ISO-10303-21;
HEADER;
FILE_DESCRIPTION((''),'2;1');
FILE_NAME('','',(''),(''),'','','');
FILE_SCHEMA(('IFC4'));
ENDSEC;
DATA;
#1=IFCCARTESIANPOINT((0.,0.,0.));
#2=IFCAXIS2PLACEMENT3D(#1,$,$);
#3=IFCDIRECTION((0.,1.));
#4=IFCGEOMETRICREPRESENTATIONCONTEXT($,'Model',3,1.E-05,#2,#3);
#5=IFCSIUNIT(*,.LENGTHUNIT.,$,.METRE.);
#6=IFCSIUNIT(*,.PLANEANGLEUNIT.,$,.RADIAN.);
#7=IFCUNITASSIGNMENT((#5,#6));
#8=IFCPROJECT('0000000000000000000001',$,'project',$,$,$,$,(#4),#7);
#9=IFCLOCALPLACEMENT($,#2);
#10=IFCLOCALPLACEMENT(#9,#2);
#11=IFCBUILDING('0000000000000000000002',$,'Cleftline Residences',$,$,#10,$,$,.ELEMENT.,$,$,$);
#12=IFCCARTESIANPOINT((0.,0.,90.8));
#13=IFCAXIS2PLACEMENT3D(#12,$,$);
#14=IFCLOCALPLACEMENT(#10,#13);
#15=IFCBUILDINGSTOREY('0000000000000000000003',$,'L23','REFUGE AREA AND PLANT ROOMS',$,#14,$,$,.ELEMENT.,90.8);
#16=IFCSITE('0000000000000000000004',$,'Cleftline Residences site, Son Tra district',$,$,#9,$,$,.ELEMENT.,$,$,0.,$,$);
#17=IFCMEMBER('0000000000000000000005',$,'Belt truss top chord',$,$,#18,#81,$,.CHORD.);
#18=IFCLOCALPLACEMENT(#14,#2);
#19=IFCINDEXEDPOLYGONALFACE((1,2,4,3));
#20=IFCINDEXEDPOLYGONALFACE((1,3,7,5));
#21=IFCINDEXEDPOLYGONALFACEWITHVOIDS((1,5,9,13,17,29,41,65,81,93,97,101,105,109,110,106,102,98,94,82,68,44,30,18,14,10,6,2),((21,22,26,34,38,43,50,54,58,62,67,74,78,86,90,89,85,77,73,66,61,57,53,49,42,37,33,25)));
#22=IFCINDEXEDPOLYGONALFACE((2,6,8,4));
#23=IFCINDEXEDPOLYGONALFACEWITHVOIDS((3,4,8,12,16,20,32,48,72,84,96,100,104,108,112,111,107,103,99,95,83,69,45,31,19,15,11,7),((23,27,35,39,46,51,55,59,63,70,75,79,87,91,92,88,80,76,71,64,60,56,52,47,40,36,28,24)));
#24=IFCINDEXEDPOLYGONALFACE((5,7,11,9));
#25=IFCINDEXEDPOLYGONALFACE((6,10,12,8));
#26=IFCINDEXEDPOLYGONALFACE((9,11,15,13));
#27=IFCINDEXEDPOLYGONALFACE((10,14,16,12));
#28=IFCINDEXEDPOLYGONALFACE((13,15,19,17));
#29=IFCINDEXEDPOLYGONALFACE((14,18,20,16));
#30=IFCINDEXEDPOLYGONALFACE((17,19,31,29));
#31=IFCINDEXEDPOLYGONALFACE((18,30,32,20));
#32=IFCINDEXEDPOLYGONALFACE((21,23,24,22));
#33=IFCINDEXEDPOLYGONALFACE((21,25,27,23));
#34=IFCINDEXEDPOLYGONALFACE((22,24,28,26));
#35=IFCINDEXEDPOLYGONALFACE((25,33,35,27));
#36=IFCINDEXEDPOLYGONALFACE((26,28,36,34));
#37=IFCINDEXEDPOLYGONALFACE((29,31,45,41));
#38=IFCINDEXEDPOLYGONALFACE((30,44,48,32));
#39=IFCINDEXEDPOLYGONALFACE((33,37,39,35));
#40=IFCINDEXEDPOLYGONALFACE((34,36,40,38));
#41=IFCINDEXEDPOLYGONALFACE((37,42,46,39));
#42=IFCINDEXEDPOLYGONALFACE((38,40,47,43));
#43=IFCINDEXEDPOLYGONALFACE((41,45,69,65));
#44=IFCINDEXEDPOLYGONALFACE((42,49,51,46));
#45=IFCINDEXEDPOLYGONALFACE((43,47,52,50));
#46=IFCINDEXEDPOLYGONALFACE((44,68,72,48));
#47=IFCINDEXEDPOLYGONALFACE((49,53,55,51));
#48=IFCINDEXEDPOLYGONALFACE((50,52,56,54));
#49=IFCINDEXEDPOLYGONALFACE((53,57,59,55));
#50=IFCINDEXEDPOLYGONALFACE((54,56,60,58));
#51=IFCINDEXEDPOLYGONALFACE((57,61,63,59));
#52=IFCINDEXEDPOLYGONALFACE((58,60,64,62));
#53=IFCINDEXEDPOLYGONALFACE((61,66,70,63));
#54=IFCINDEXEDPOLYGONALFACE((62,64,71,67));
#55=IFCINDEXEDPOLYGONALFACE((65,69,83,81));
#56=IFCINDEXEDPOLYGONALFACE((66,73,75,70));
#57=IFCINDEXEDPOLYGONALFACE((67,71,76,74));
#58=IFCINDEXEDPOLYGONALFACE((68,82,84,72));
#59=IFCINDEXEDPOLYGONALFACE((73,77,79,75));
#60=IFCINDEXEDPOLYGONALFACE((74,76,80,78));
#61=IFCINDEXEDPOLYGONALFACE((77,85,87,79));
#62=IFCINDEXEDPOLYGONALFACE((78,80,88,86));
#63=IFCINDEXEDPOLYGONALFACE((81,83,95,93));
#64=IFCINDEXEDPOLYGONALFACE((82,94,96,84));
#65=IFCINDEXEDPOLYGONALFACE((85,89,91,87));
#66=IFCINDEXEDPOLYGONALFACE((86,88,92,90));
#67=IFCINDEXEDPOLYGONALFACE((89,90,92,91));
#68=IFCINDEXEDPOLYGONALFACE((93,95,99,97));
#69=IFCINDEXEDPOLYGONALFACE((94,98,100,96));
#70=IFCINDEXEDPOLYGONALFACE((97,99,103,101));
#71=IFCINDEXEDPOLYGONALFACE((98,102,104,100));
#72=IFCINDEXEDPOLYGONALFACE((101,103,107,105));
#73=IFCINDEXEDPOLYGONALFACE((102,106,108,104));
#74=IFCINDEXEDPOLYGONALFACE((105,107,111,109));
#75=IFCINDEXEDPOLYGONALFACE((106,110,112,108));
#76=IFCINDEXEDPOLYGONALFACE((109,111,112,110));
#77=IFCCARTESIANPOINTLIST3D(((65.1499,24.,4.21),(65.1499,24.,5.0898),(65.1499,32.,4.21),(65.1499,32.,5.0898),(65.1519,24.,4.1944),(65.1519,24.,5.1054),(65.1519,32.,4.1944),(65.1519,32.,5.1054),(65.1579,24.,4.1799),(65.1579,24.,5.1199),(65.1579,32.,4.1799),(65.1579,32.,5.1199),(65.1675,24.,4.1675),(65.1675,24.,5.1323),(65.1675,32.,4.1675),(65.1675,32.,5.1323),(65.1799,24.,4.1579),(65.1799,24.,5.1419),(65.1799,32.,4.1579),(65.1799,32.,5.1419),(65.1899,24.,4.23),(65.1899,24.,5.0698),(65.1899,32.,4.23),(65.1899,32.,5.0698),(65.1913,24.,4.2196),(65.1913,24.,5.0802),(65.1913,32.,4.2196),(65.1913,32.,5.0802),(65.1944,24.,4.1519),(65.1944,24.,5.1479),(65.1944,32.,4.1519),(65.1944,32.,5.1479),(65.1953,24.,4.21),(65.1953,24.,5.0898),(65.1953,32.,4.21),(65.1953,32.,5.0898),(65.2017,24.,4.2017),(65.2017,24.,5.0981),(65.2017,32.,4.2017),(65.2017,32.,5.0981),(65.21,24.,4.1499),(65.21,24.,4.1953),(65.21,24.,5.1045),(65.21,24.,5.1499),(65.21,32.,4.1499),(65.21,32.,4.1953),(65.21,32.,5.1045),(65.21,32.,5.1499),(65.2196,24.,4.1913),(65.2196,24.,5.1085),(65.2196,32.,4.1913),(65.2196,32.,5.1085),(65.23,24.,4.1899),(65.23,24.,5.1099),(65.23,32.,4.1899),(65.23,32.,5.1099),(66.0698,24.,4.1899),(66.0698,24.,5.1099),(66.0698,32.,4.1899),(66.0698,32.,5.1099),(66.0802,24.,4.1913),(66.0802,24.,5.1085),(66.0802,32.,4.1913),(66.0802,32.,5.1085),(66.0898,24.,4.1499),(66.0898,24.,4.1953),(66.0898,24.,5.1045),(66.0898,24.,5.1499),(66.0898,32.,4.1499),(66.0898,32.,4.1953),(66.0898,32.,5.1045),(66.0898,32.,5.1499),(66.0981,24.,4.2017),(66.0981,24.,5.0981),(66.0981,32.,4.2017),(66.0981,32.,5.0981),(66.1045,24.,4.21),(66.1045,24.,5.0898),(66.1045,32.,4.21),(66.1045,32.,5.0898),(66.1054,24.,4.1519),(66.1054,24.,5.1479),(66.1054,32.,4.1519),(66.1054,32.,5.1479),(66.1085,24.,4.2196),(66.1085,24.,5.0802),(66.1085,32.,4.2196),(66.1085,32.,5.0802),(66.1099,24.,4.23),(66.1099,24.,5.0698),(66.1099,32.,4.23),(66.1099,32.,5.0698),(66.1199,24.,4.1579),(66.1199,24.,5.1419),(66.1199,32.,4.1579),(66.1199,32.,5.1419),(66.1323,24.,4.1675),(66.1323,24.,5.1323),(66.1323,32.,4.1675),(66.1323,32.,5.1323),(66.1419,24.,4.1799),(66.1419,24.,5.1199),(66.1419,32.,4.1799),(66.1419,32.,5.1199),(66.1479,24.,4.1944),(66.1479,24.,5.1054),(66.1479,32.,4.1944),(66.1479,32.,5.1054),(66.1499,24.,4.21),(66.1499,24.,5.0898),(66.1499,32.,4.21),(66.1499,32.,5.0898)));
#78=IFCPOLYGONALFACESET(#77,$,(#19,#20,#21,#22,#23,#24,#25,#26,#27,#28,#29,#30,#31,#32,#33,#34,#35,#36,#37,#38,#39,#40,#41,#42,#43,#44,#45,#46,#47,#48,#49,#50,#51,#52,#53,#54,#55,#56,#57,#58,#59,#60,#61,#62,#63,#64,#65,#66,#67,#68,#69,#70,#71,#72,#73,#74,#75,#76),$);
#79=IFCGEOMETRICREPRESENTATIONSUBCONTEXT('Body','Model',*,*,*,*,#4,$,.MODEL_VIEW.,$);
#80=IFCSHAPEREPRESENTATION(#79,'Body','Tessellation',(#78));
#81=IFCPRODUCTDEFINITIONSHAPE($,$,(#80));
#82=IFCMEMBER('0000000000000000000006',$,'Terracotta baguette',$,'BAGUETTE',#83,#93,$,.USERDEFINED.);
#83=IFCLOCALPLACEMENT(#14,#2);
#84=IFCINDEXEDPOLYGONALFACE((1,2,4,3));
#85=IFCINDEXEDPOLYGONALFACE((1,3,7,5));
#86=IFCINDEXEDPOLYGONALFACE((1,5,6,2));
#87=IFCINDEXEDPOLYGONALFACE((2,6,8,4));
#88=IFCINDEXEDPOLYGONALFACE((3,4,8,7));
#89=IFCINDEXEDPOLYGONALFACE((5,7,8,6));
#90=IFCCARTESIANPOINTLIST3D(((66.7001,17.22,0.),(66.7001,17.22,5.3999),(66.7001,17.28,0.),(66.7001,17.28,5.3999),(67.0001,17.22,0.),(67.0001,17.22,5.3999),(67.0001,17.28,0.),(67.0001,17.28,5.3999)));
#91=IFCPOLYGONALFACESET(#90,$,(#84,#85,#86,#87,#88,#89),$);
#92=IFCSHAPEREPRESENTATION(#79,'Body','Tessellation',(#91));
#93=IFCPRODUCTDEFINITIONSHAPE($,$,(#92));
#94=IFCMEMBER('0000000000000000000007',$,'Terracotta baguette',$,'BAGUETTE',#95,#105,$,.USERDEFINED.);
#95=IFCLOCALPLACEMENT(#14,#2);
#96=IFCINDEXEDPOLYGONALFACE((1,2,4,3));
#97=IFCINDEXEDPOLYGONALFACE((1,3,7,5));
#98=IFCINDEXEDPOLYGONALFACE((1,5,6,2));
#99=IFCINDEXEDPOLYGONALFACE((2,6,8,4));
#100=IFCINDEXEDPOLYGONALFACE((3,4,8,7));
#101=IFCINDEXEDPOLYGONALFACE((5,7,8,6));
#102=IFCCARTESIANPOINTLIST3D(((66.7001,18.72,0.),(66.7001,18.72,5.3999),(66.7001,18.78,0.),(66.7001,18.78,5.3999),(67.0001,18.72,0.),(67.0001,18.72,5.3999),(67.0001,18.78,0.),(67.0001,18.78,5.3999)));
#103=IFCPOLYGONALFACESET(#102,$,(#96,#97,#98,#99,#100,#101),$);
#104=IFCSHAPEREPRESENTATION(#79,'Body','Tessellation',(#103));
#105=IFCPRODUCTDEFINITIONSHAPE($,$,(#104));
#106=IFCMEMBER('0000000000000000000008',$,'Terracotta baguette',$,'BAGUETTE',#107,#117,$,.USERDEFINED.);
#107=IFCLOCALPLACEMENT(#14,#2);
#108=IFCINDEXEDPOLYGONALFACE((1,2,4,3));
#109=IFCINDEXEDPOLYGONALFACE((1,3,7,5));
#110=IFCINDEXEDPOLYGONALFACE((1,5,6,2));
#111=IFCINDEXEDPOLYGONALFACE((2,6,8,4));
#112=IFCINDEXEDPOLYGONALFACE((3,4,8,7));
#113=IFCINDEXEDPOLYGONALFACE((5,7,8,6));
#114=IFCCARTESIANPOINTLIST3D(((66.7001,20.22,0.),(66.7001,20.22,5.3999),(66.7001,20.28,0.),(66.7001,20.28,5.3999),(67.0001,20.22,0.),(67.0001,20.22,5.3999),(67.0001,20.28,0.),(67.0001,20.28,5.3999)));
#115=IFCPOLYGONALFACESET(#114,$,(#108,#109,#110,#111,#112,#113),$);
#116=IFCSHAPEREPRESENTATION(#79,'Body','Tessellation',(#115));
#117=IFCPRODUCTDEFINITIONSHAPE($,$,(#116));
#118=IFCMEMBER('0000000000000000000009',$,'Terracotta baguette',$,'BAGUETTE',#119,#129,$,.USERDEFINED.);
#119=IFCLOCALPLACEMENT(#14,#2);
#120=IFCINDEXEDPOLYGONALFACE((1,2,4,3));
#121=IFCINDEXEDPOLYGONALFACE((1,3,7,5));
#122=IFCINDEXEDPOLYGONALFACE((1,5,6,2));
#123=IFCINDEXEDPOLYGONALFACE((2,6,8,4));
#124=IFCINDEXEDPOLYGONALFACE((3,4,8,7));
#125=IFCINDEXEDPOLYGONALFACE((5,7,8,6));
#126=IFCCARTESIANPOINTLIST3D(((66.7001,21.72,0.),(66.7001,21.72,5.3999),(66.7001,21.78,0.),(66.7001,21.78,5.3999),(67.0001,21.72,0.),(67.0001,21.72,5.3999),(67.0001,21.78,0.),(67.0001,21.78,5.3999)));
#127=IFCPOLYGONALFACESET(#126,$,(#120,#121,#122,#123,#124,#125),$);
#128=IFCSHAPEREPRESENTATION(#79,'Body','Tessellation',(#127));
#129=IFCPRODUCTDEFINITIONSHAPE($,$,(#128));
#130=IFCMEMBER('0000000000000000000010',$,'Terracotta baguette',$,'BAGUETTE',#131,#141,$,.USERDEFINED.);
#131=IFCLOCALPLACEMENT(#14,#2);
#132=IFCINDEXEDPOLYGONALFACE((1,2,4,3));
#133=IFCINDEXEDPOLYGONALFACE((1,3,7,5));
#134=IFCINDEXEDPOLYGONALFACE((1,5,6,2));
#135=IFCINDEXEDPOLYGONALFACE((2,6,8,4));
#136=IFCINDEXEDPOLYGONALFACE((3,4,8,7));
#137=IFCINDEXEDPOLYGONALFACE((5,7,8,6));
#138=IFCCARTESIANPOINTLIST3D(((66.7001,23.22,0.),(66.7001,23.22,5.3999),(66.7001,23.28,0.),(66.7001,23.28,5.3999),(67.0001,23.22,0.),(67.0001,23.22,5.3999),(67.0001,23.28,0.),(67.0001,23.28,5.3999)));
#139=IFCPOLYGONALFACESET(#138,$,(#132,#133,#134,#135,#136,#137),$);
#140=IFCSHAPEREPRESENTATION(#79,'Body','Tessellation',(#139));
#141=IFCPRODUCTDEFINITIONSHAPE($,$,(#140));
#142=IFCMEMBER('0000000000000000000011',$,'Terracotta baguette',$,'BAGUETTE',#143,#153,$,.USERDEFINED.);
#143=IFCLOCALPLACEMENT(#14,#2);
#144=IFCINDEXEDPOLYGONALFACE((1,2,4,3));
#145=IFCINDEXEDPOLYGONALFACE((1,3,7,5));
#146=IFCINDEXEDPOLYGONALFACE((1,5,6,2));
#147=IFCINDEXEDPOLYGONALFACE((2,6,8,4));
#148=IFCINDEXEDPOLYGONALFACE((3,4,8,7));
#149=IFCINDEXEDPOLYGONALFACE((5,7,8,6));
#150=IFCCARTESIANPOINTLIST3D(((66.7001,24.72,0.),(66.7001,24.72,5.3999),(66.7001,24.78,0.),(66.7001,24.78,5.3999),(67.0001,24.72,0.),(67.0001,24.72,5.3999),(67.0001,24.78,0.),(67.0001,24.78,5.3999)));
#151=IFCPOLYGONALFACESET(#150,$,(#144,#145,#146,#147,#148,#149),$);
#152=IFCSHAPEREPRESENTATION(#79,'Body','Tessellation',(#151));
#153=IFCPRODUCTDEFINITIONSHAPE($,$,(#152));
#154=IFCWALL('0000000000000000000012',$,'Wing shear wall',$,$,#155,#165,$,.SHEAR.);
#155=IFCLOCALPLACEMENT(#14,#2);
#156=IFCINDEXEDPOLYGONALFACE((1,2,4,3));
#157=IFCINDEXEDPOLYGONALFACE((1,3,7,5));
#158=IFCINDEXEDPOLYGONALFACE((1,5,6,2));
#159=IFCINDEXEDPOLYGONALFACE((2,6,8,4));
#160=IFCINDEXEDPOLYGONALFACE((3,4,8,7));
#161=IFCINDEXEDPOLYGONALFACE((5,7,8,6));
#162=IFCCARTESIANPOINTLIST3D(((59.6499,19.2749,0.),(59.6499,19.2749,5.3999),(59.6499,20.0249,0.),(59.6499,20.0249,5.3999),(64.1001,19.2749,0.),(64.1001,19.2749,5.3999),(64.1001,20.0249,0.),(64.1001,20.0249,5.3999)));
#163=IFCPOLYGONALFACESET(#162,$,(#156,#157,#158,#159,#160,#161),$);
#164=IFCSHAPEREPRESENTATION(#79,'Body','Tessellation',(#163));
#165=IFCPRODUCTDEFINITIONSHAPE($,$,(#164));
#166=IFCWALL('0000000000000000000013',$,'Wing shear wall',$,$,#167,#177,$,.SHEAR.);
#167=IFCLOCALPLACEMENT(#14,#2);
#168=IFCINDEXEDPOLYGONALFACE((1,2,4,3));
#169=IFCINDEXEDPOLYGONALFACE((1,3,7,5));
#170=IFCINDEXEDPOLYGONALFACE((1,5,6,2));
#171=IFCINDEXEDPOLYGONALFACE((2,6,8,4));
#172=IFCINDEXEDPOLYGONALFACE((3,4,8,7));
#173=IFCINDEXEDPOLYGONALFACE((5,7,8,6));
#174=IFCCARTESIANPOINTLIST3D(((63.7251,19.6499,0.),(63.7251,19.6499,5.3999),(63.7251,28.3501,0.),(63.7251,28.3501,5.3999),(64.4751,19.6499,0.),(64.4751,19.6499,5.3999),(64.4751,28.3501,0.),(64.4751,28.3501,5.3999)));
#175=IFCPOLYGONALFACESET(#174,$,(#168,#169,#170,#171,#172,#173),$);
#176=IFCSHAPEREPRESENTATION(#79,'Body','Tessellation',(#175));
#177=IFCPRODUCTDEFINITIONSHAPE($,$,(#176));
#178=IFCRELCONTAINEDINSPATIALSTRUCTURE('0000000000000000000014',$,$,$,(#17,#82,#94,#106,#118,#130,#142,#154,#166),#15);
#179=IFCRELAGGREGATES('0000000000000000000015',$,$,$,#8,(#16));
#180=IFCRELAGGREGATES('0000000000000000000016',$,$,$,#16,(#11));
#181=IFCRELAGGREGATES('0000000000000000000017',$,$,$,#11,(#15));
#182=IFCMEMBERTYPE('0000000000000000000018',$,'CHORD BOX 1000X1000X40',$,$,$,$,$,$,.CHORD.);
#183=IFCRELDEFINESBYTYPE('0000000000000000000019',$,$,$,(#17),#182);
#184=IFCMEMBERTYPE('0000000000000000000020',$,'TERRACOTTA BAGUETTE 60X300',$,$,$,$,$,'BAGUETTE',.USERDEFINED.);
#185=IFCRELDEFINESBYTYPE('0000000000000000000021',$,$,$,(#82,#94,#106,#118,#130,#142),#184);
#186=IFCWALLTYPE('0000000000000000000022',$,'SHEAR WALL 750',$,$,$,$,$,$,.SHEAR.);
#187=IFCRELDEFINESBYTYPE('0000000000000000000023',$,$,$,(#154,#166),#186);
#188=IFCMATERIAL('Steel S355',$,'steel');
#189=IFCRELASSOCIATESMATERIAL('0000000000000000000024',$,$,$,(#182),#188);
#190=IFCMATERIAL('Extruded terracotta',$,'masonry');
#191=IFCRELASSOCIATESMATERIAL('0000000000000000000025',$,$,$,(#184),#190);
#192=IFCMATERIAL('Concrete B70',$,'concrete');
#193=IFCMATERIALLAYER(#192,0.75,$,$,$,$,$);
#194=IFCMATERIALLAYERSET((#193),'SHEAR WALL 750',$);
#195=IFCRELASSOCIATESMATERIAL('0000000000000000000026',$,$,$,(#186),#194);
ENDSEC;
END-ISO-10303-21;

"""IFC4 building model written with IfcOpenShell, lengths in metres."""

from ifc_helpers import new_model, si_unit, direction, frame, frame_2d, origin, origin_2d, place, context, subcontext, project, spatial, rectangle, hollow_rectangle, extrude, material, layer, layer_set, material_profile, profile_set, type_object, element, save


model = new_model("IFC4")

# Units and contexts
model_context = context("Model", 3, precision=1e-05, world=origin(), true_north=direction((0.0, 1.0)))
body_context = subcontext(model_context, "Body", "Model", "MODEL_VIEW")
ifc_project = project(units=[si_unit("LENGTHUNIT", "METRE"), si_unit("PLANEANGLEUNIT", "RADIAN")], contexts=[model_context])

# Site, building, storey
site_placement = place(None, origin())
site = spatial("IfcSite", under=ifc_project, at=site_placement, Name="Cleftline Residences site, Son Tra district", CompositionType="ELEMENT", RefElevation=0.0)
building_placement = place(site_placement, origin())
building = spatial("IfcBuilding", under=site, at=building_placement, Name="Cleftline Residences", CompositionType="ELEMENT")
storey_placement = place(building_placement, frame((0.0, 0.0, 90.8)))
storey = spatial("IfcBuildingStorey", under=building, at=storey_placement, Name="L23", Description="REFUGE AREA AND PLANT ROOMS", CompositionType="ELEMENT", Elevation=90.8)

# Members
ifc_material_1 = material(Name="Steel S355", Category="steel")
ifc_material_profile_1 = material_profile(ifc_material_1, hollow_rectangle(XDim=1.0, YDim=1.0, WallThickness=0.04, InnerFilletRadius=0.04, OuterFilletRadius=0.0601, at=origin_2d()))
ifc_profile_set_1 = profile_set([ifc_material_profile_1], Name="Steel S355")
member_type_1 = type_object("IfcMemberType", Name="CHORD BOX 1000X1000X40", PredefinedType="CHORD", material=ifc_profile_set_1)
for number, where, z_axis, x_axis, name in (
    (1, (65.6499, 24.0, 4.6499), (0.0, 1.0, 0.0), (-1.0, 0.0, 0.0), "Belt truss top chord"),
):
    element("IfcMember", number, at=place(storey_placement, frame(where, z_axis=z_axis, x_axis=x_axis)), inside=storey, type_object=member_type_1, Name=name, PredefinedType="CHORD", context=body_context, shape_type="SweptSolid", body=[
        extrude(hollow_rectangle(XDim=1.0, YDim=1.0, WallThickness=0.04, InnerFilletRadius=0.04, OuterFilletRadius=0.0601, at=origin_2d()), origin(), (0.0, 0.0, 1.0), 8.0),
    ])
ifc_material_2 = material(Name="Extruded terracotta", Category="masonry")
ifc_material_profile_2 = material_profile(ifc_material_2, rectangle(XDim=0.0601, YDim=0.3, at=origin_2d()))
ifc_profile_set_2 = profile_set([ifc_material_profile_2], Name="Extruded terracotta")
member_type_2 = type_object("IfcMemberType", Name="TERRACOTTA BAGUETTE 60X300", ElementType="BAGUETTE", PredefinedType="USERDEFINED", material=ifc_profile_set_2)
for number, where, z_axis, x_axis, name in (
    (2, (66.8501, 17.25, 0.0), (0.0, 0.0, 1.0), (0.0, 1.0, 0.0), "Terracotta baguette"),
    (3, (66.8501, 18.75, 0.0), (0.0, 0.0, 1.0), (0.0, 1.0, 0.0), "Terracotta baguette"),
    (4, (66.8501, 20.25, 0.0), (0.0, 0.0, 1.0), (0.0, 1.0, 0.0), "Terracotta baguette"),
    (5, (66.8501, 21.75, 0.0), (0.0, 0.0, 1.0), (0.0, 1.0, 0.0), "Terracotta baguette"),
    (6, (66.8501, 23.25, 0.0), (0.0, 0.0, 1.0), (0.0, 1.0, 0.0), "Terracotta baguette"),
    (7, (66.8501, 24.75, 0.0), (0.0, 0.0, 1.0), (0.0, 1.0, 0.0), "Terracotta baguette"),
):
    element("IfcMember", number, at=place(storey_placement, frame(where, z_axis=z_axis, x_axis=x_axis)), inside=storey, type_object=member_type_2, Name=name, ObjectType="BAGUETTE", PredefinedType="USERDEFINED", context=body_context, shape_type="SweptSolid", body=[
        extrude(rectangle(XDim=0.0601, YDim=0.3, at=origin_2d()), origin(), (0.0, 0.0, 1.0), 5.3999),
    ])

# Walls
ifc_material_3 = material(Name="Concrete B70", Category="concrete")
ifc_layer = layer(ifc_material_3, 0.75)
ifc_layer_set = layer_set([ifc_layer], Name="SHEAR WALL 750")
wall_type = type_object("IfcWallType", Name="SHEAR WALL 750", PredefinedType="SHEAR", material=ifc_layer_set)
wall_1_placement = place(storey_placement, frame((59.6499, 19.6499, 0.0), z_axis=(0.0, 0.0, 1.0), x_axis=(1.0, 0.0, 0.0)))
element("IfcWall", 8, at=wall_1_placement, inside=storey, type_object=wall_type, Name="Wing shear wall", PredefinedType="SHEAR", context=body_context, shape_type="SweptSolid", body=[
    extrude(rectangle(XDim=4.4502, YDim=0.75, at=frame_2d((2.2251, 0.0))), origin(), (0.0, 0.0, 1.0), 5.3999),
])
wall_2_placement = place(storey_placement, frame((64.1001, 19.6499, 0.0), z_axis=(0.0, 0.0, 1.0), x_axis=(0.0, 1.0, 0.0)))
element("IfcWall", 9, at=wall_2_placement, inside=storey, type_object=wall_type, Name="Wing shear wall", PredefinedType="SHEAR", context=body_context, shape_type="SweptSolid", body=[
    extrude(rectangle(XDim=8.7002, YDim=0.75, at=frame_2d((4.3501, 0.0))), origin(), (0.0, 0.0, 1.0), 5.3999),
])

save(model, "model.ifc")
